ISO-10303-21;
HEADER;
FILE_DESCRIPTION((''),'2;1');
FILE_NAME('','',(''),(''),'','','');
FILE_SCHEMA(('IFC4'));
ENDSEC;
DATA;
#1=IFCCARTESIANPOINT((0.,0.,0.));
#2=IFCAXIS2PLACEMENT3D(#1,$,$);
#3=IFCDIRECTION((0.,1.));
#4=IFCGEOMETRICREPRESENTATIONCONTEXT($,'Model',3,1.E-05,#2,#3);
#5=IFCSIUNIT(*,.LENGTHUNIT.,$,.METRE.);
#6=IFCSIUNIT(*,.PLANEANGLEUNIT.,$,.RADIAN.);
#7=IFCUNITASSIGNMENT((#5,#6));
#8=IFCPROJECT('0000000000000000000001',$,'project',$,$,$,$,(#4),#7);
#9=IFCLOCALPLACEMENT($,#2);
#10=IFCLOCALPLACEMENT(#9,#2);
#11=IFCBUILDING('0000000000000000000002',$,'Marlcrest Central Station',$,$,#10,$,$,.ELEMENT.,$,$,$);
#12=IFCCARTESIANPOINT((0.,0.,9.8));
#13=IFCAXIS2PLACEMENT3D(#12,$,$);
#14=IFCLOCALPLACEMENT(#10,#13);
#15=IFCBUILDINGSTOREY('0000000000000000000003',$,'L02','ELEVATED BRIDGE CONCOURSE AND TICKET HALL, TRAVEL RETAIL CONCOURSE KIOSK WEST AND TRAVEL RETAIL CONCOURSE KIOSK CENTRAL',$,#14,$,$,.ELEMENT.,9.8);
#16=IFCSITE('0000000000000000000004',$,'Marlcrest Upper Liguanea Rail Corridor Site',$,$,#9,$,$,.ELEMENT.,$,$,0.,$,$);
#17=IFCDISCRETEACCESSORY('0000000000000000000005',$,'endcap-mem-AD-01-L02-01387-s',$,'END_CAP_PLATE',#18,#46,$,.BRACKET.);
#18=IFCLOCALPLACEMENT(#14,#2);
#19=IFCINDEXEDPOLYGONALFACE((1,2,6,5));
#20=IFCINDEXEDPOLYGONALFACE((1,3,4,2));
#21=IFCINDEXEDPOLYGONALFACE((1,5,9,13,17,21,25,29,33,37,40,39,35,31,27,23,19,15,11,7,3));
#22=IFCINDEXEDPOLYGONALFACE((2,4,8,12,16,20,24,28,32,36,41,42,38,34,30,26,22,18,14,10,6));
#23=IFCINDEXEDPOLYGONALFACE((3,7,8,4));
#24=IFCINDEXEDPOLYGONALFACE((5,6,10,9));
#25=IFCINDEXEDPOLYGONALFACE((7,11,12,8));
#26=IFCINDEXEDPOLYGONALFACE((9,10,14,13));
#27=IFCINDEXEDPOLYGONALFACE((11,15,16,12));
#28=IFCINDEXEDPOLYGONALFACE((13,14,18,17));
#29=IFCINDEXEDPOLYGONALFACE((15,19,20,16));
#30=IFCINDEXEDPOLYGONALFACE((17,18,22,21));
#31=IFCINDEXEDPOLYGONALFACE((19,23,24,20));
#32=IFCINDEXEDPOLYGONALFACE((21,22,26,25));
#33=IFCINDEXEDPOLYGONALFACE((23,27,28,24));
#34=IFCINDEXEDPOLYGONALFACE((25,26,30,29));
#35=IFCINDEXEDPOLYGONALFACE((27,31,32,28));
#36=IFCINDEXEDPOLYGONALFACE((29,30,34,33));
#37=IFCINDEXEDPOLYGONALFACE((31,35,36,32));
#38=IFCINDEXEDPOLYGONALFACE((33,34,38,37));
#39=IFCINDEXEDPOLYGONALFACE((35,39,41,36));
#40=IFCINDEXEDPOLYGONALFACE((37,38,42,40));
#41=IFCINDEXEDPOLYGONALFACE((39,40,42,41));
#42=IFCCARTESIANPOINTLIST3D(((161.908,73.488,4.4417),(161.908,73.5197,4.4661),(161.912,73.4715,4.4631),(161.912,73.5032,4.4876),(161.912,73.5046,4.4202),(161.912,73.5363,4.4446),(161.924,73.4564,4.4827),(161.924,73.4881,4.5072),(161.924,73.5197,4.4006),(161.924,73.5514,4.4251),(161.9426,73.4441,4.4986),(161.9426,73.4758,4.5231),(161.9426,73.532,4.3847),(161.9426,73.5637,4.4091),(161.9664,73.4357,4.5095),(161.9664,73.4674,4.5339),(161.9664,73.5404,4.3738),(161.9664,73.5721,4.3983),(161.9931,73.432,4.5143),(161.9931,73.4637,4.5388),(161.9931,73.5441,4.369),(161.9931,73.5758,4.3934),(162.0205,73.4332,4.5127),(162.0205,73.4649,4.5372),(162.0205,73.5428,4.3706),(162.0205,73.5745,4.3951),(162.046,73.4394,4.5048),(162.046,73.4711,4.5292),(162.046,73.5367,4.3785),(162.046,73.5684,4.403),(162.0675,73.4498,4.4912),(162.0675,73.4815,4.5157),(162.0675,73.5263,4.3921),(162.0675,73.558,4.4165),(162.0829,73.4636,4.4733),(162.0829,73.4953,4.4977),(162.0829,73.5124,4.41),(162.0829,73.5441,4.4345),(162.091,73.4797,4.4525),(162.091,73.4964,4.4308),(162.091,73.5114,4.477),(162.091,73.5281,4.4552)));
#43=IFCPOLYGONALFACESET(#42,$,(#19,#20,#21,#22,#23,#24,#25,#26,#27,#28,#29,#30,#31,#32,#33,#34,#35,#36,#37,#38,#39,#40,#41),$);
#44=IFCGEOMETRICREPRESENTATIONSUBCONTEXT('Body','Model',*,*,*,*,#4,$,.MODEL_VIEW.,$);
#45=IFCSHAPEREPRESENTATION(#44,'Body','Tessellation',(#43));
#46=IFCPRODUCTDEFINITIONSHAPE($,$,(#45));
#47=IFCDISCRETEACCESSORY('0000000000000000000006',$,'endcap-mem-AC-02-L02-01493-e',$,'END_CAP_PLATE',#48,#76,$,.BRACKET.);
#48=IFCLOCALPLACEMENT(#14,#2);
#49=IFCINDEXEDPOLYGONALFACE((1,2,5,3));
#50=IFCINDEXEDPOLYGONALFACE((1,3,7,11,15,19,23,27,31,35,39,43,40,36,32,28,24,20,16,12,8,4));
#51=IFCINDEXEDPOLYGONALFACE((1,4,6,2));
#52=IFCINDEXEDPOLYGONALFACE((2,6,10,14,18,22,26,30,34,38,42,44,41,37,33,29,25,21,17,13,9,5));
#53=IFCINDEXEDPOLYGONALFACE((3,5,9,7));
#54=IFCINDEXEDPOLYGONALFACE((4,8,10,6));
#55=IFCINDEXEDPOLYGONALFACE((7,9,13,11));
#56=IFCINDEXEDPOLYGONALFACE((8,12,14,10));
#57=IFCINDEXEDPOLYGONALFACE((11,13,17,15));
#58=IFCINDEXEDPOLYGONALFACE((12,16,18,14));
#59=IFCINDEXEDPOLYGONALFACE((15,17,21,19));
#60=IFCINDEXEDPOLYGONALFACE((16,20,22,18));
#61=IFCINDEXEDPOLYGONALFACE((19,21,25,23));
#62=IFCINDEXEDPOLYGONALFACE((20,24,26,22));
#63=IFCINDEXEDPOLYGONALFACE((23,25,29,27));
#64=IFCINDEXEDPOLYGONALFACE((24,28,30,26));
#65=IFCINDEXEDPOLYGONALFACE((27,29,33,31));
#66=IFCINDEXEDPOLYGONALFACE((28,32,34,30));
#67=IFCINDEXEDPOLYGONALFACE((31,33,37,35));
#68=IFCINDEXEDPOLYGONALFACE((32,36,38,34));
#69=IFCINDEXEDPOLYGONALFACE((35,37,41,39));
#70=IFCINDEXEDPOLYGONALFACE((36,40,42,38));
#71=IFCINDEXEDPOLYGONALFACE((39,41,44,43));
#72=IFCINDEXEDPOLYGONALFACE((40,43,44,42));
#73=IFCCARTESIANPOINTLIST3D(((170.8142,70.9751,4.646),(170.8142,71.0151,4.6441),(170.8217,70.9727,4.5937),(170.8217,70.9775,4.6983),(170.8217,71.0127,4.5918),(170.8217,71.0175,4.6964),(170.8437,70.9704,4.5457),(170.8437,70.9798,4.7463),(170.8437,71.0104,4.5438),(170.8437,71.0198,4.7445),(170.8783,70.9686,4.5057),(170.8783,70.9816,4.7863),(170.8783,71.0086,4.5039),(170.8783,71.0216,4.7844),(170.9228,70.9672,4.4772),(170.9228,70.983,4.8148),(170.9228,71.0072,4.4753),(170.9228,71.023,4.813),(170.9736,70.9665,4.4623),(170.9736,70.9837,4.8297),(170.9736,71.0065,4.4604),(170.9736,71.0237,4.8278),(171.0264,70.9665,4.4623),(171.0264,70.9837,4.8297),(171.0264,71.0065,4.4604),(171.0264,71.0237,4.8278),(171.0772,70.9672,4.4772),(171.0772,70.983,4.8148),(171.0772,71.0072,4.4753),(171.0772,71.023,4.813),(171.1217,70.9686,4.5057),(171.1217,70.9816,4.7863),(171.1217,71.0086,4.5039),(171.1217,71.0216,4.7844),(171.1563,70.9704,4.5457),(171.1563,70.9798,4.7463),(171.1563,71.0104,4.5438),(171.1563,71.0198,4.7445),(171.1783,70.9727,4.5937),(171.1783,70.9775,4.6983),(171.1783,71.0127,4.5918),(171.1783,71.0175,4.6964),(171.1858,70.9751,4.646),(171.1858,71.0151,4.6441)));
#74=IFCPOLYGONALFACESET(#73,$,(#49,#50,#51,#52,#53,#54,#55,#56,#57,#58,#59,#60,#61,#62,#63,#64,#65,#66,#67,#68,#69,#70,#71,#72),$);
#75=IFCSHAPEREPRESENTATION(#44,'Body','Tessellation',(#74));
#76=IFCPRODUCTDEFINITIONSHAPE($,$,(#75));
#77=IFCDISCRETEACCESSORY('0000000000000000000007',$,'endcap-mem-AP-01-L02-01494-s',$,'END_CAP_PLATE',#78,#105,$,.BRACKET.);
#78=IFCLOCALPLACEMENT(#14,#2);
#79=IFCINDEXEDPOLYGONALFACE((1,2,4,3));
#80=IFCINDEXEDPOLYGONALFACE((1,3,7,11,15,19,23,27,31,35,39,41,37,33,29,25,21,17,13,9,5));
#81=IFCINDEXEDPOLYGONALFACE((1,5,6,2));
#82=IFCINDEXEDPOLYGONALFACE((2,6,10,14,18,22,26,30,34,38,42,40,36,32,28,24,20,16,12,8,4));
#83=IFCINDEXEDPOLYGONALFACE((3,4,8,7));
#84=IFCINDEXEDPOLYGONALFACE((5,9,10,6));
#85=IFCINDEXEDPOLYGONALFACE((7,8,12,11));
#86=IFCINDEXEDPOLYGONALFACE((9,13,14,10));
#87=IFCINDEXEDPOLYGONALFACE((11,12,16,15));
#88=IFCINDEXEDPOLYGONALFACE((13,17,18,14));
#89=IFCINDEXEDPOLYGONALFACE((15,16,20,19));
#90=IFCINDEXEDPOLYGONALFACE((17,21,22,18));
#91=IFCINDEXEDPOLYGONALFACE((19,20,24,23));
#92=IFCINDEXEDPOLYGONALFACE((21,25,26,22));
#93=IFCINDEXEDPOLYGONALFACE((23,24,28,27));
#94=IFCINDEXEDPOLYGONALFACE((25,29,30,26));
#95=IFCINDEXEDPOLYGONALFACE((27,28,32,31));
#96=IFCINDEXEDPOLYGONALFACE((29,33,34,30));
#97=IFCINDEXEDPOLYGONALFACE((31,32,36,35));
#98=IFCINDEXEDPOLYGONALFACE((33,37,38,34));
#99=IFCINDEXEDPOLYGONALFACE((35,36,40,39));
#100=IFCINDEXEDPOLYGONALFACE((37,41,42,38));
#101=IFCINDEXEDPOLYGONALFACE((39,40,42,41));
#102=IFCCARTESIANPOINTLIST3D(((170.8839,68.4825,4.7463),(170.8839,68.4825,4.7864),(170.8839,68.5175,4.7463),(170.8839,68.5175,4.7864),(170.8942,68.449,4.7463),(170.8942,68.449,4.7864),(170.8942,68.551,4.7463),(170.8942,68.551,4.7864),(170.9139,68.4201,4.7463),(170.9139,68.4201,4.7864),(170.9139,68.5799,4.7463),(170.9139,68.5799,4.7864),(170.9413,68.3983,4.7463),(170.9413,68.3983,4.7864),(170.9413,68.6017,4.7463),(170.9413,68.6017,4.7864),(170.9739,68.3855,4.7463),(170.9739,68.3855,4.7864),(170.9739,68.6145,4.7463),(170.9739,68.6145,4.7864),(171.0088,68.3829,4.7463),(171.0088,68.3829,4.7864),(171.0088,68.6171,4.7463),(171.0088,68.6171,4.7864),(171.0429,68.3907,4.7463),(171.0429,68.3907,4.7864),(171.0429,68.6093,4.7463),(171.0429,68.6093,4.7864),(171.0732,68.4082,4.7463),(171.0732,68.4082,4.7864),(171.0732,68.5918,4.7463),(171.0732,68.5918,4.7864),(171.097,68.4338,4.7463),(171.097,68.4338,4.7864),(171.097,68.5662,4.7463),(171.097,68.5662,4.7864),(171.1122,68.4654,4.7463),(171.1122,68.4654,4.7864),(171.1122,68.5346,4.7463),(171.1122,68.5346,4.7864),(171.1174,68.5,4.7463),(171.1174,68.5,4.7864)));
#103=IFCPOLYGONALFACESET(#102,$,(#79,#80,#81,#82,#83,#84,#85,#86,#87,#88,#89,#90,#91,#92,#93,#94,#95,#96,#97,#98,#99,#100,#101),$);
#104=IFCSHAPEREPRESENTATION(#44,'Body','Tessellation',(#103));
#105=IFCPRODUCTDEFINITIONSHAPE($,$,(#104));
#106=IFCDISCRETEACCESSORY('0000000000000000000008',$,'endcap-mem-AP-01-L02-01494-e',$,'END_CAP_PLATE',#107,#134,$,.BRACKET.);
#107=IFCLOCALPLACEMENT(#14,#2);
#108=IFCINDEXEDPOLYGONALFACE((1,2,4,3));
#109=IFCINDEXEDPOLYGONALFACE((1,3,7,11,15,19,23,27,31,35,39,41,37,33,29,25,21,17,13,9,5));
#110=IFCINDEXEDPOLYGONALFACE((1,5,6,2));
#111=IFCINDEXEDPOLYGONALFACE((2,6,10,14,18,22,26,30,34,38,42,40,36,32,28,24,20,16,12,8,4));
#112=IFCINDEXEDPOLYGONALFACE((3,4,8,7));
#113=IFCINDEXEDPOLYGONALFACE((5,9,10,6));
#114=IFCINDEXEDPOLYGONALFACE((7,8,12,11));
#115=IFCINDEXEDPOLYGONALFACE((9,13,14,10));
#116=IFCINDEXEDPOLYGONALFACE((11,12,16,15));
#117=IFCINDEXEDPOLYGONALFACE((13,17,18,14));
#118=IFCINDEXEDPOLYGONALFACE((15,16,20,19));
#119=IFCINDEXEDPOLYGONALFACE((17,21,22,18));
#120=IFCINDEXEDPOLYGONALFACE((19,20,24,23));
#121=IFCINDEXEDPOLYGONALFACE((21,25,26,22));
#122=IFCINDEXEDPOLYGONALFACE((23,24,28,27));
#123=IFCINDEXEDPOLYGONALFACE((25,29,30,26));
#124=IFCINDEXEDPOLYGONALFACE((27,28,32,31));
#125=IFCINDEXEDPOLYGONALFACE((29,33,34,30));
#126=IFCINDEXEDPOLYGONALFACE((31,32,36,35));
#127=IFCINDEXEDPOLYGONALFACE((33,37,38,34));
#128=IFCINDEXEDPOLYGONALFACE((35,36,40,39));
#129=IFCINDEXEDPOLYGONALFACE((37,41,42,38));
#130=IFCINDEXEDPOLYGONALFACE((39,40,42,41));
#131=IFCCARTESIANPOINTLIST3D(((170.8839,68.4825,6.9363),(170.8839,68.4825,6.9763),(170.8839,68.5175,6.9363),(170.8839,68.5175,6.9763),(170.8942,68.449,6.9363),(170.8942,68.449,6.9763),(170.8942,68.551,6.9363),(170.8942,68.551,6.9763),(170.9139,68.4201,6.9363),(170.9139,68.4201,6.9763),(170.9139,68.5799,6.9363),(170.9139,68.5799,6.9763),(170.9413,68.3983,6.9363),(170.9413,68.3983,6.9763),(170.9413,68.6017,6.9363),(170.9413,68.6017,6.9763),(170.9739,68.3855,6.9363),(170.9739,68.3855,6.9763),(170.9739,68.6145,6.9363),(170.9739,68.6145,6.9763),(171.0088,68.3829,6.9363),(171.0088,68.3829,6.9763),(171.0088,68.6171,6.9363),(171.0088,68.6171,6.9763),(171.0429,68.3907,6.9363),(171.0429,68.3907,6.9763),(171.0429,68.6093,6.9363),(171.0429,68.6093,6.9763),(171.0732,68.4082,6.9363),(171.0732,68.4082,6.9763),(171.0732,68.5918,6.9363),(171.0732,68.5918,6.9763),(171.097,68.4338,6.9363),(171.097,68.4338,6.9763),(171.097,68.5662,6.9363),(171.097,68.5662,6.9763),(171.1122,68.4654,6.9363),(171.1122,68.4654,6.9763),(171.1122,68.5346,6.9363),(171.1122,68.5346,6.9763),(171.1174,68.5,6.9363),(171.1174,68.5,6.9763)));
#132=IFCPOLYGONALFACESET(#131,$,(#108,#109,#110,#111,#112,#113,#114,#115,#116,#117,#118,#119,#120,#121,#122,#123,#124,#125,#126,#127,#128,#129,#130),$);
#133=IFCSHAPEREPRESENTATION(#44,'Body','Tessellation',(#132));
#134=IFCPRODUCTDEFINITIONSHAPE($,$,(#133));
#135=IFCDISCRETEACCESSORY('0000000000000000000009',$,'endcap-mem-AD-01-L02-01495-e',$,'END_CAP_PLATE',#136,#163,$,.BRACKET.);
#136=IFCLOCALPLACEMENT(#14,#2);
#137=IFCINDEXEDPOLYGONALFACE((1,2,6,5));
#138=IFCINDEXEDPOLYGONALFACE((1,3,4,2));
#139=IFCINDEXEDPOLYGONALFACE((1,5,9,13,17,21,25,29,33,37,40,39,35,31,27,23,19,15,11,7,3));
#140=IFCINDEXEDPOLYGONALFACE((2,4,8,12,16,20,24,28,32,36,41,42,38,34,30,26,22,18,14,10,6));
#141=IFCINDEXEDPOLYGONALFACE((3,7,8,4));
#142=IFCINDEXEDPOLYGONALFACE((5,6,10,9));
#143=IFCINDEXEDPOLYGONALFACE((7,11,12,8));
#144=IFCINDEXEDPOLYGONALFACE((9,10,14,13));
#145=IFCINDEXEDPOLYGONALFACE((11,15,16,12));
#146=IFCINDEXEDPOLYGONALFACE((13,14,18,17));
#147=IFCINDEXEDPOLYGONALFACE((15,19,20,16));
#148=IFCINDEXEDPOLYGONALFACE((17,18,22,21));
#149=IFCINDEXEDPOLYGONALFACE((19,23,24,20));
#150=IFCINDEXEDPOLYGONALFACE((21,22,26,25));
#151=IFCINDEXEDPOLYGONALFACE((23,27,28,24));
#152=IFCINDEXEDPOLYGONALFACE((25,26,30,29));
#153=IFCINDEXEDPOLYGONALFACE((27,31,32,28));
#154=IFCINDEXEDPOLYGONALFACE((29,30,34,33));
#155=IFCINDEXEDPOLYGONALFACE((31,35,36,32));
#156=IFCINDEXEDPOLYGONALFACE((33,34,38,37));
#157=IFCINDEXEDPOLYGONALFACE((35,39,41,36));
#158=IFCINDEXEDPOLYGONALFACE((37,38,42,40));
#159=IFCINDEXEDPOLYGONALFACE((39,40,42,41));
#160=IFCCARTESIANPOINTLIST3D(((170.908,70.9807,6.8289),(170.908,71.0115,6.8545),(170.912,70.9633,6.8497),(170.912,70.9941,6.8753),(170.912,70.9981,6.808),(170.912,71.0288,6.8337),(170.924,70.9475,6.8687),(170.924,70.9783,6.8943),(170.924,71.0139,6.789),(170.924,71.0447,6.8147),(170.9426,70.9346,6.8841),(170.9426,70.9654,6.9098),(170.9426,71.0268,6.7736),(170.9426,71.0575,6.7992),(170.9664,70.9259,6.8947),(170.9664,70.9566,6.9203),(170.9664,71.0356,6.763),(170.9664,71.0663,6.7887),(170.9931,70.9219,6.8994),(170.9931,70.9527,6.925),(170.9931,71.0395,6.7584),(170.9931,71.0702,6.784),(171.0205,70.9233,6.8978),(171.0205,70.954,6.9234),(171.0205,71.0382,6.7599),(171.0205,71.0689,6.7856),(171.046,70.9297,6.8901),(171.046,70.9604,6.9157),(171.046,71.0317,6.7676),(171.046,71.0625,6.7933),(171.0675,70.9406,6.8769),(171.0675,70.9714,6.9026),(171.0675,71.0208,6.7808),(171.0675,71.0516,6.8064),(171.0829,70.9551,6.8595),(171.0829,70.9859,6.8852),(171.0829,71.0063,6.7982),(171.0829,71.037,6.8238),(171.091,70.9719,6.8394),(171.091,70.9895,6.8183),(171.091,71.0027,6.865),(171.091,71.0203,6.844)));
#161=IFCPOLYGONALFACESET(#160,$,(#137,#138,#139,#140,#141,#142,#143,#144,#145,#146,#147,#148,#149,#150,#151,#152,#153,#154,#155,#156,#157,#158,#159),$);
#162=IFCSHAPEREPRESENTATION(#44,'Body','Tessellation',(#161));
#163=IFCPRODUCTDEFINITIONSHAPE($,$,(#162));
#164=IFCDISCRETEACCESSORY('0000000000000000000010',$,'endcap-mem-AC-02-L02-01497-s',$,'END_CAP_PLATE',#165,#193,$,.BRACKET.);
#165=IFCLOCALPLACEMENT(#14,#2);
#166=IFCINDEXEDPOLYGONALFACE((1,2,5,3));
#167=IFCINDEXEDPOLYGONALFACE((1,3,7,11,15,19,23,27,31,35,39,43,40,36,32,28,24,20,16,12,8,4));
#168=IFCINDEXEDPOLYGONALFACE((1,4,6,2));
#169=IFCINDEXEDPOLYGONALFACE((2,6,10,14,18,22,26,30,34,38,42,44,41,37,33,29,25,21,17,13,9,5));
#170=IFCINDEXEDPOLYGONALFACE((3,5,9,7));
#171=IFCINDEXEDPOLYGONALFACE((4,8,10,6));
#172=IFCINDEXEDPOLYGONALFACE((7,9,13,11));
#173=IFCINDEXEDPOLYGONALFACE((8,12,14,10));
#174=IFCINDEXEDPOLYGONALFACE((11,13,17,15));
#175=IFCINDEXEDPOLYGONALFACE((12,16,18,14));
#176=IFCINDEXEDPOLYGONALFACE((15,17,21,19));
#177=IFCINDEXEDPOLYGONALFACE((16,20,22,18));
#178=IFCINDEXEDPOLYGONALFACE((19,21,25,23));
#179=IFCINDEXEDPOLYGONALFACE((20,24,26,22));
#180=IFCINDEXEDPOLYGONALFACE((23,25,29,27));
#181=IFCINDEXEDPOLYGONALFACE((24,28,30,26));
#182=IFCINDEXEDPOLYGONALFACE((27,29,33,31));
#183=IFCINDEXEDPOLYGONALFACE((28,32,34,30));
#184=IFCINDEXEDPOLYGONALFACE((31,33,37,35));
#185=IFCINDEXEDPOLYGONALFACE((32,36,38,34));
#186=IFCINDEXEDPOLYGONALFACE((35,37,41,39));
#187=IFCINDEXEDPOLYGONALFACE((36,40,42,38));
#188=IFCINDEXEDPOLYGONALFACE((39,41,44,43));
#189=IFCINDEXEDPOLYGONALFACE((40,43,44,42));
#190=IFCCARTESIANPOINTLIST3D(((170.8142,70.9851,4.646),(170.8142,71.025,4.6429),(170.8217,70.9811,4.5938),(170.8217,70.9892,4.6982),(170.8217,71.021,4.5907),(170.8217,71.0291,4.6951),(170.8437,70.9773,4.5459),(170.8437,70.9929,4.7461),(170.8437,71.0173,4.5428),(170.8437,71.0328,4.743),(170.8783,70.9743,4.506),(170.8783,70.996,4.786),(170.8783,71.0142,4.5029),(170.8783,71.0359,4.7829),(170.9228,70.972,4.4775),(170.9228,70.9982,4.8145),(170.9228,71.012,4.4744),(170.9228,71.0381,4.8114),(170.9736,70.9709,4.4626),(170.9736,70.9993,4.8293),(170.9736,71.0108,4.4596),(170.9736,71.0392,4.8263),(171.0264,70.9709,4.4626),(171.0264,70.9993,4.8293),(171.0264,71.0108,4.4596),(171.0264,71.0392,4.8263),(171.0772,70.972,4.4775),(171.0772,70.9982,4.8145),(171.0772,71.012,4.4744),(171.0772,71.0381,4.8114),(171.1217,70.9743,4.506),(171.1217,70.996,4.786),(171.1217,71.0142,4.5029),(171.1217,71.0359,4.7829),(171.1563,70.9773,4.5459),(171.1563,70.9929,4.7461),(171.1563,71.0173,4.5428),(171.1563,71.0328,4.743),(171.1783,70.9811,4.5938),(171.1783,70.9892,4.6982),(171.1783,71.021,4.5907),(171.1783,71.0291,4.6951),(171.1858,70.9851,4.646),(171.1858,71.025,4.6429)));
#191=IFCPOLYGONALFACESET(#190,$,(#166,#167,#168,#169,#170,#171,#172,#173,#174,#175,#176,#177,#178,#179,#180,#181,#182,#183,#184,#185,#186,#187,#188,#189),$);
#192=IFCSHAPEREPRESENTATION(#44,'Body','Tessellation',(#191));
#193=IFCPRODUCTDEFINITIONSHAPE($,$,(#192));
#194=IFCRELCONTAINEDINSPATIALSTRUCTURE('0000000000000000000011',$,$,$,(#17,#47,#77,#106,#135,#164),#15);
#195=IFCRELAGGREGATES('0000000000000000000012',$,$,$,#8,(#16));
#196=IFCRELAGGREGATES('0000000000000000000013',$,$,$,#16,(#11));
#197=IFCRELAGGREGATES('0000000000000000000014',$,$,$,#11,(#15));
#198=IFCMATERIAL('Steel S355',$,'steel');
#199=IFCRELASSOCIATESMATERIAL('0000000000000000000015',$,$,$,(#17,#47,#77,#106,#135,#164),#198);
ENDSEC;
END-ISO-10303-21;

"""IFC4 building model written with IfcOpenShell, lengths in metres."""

from ifc_helpers import new_model, si_unit, direction, frame, origin, origin_2d, place, context, subcontext, project, spatial, circle, extrude, material, element, save


model = new_model("IFC4")

# Units and contexts
model_context = context("Model", 3, precision=1e-05, world=origin(), true_north=direction((0.0, 1.0)))
body_context = subcontext(model_context, "Body", "Model", "MODEL_VIEW")
ifc_project = project(units=[si_unit("LENGTHUNIT", "METRE"), si_unit("PLANEANGLEUNIT", "RADIAN")], contexts=[model_context])

# Site, building, storey
site_placement = place(None, origin())
site = spatial("IfcSite", under=ifc_project, at=site_placement, Name="Marlcrest Upper Liguanea Rail Corridor Site", CompositionType="ELEMENT", RefElevation=0.0)
building_placement = place(site_placement, origin())
building = spatial("IfcBuilding", under=site, at=building_placement, Name="Marlcrest Central Station", CompositionType="ELEMENT")
storey_placement = place(building_placement, frame((0.0, 0.0, 9.8)))
storey = spatial("IfcBuildingStorey", under=building, at=storey_placement, Name="L02", Description="ELEVATED BRIDGE CONCOURSE AND TICKET HALL, TRAVEL RETAIL CONCOURSE KIOSK WEST AND TRAVEL RETAIL CONCOURSE KIOSK CENTRAL", CompositionType="ELEMENT", Elevation=9.8)

# Shared definitions
ifc_material = material(Name="Steel S355", Category="steel")

# Discrete accessories
discrete_accessory_1_placement = place(storey_placement, frame((162.0, 73.488, 4.4417), z_axis=(0.0, 0.791798, 0.610783), x_axis=(-1.0, 0.0, 0.0)))
element("IfcDiscreteAccessory", 1, at=discrete_accessory_1_placement, inside=storey, material=ifc_material, Name="endcap-mem-AD-01-L02-01387-s", ObjectType="END_CAP_PLATE", PredefinedType="BRACKET", context=body_context, shape_type="SweptSolid", body=[
    extrude(circle(Radius=0.092, at=origin_2d()), origin(), (0.0, 0.0, 1.0), 0.04),
])
discrete_accessory_2_placement = place(storey_placement, frame((171.0, 70.9751, 4.646), z_axis=(0.0, 0.998917, -0.046532), x_axis=(-1.0, 0.0, 0.0)))
element("IfcDiscreteAccessory", 2, at=discrete_accessory_2_placement, inside=storey, material=ifc_material, Name="endcap-mem-AC-02-L02-01493-e", ObjectType="END_CAP_PLATE", PredefinedType="BRACKET", context=body_context, shape_type="SweptSolid", body=[
    extrude(circle(Radius=0.1858, at=origin_2d()), origin(), (0.0, 0.0, 1.0), 0.04),
])
for number, where, z_axis, x_axis, name in (
    (3, (171.0, 68.5, 4.7463), (0.0, 0.0, 1.0), (1.0, 0.0, 0.0), "endcap-mem-AP-01-L02-01494-s"),
    (4, (171.0, 68.5, 6.9363), (0.0, 0.0, 1.0), (1.0, 0.0, 0.0), "endcap-mem-AP-01-L02-01494-e"),
):
    element("IfcDiscreteAccessory", number, at=place(storey_placement, frame(where, z_axis=z_axis, x_axis=x_axis)), inside=storey, material=ifc_material, Name=name, ObjectType="END_CAP_PLATE", PredefinedType="BRACKET", context=body_context, shape_type="SweptSolid", body=[
        extrude(circle(Radius=0.1174, at=origin_2d()), origin(), (0.0, 0.0, 1.0), 0.04),
    ])
discrete_accessory_3_placement = place(storey_placement, frame((171.0, 70.9807, 6.8289), z_axis=(0.0, 0.76816, 0.640258), x_axis=(-1.0, 0.0, 0.0)))
element("IfcDiscreteAccessory", 5, at=discrete_accessory_3_placement, inside=storey, material=ifc_material, Name="endcap-mem-AD-01-L02-01495-e", ObjectType="END_CAP_PLATE", PredefinedType="BRACKET", context=body_context, shape_type="SweptSolid", body=[
    extrude(circle(Radius=0.092, at=origin_2d()), origin(), (0.0, 0.0, 1.0), 0.04),
])
for number, where, z_axis, x_axis, name in (
    (6, (171.0, 70.9851, 4.646), (0.0, 0.997007, -0.077307), (-1.0, 0.0, 0.0), "endcap-mem-AC-02-L02-01497-s"),
):
    element("IfcDiscreteAccessory", number, at=place(storey_placement, frame(where, z_axis=z_axis, x_axis=x_axis)), inside=storey, material=ifc_material, Name=name, ObjectType="END_CAP_PLATE", PredefinedType="BRACKET", context=body_context, shape_type="SweptSolid", body=[
        extrude(circle(Radius=0.1858, at=origin_2d()), origin(), (0.0, 0.0, 1.0), 0.04),
    ])

save(model, "model.ifc")
